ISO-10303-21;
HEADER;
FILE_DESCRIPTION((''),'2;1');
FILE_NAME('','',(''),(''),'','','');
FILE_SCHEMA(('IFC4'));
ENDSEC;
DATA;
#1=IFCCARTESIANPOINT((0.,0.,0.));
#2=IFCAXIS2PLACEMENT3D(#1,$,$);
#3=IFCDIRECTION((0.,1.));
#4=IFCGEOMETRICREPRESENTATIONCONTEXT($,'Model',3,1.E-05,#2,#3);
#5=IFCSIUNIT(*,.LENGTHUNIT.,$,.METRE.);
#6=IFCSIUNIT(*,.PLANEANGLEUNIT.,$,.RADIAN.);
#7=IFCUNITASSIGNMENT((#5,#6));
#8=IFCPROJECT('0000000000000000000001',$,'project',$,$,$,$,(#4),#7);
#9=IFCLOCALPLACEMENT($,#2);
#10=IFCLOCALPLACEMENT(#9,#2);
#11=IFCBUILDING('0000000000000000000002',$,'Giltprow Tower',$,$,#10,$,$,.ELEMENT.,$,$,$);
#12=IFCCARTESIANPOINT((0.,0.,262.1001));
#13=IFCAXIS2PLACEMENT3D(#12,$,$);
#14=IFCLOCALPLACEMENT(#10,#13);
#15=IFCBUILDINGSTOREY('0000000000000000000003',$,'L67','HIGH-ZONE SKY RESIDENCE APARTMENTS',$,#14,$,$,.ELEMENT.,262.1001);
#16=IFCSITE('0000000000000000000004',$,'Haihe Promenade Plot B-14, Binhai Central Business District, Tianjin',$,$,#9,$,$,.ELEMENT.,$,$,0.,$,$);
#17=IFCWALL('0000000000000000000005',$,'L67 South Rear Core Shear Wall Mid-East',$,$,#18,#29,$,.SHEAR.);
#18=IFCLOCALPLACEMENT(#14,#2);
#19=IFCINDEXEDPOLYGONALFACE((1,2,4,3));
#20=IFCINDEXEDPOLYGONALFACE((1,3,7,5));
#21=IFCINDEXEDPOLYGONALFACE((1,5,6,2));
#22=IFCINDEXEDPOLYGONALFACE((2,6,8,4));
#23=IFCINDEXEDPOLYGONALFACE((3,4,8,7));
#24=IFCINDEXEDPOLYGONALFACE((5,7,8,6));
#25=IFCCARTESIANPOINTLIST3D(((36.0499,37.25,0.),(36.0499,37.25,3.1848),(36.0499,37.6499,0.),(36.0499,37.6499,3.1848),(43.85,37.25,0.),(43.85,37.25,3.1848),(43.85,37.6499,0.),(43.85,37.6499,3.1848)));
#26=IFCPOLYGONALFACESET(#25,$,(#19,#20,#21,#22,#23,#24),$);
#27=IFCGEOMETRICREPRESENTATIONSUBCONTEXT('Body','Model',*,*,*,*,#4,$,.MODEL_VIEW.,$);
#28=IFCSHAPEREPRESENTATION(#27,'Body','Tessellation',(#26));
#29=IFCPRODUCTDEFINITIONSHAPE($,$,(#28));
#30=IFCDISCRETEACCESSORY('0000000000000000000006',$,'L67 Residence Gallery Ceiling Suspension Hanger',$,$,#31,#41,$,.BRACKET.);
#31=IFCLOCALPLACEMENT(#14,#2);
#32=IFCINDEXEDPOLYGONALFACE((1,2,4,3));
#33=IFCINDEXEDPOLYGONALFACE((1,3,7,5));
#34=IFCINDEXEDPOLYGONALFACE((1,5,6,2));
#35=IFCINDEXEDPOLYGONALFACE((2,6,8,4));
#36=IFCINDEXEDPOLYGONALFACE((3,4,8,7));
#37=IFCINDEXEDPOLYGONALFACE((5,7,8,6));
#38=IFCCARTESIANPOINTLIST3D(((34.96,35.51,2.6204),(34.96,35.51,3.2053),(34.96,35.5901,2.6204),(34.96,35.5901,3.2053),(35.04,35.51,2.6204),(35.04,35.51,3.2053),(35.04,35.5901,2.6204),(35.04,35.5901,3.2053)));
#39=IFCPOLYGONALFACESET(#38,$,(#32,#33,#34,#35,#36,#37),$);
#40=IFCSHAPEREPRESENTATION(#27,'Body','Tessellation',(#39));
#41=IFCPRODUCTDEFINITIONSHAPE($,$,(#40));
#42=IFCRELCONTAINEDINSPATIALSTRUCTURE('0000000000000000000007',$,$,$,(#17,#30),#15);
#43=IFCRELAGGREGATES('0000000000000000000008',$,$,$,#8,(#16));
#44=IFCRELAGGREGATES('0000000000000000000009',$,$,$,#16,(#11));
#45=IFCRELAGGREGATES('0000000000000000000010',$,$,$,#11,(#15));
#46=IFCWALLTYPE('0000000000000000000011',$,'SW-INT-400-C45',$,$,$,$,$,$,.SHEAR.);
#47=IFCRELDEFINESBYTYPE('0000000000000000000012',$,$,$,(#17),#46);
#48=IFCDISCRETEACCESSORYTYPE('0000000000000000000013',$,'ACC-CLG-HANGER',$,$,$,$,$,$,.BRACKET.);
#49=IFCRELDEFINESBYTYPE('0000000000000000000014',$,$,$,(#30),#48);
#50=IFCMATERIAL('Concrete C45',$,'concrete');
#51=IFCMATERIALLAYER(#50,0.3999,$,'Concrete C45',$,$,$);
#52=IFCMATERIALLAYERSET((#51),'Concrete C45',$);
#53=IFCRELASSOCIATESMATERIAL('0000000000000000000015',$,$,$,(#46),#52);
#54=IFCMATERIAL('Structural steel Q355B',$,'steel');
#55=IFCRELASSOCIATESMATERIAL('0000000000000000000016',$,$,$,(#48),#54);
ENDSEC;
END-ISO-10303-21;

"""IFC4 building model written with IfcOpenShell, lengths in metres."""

from ifc_helpers import new_model, si_unit, direction, frame, frame_2d, origin, origin_2d, place, context, subcontext, project, spatial, rectangle, extrude, source, transform, mapped, material, layer, layer_set, type_object, element, save


model = new_model("IFC4")

# Units and contexts
model_context = context("Model", 3, precision=1e-05, world=origin(), true_north=direction((0.0, 1.0)))
body_context = subcontext(model_context, "Body", "Model", "MODEL_VIEW")
ifc_project = project(units=[si_unit("LENGTHUNIT", "METRE"), si_unit("PLANEANGLEUNIT", "RADIAN")], contexts=[model_context])

# Site, building, storey
site_placement = place(None, origin())
site = spatial("IfcSite", under=ifc_project, at=site_placement, Name="Haihe Promenade Plot B-14, Binhai Central Business District, Tianjin", CompositionType="ELEMENT", RefElevation=0.0)
building_placement = place(site_placement, origin())
building = spatial("IfcBuilding", under=site, at=building_placement, Name="Giltprow Tower", CompositionType="ELEMENT")
storey_placement = place(building_placement, frame((0.0, 0.0, 262.1001)))
storey = spatial("IfcBuildingStorey", under=building, at=storey_placement, Name="L67", Description="HIGH-ZONE SKY RESIDENCE APARTMENTS", CompositionType="ELEMENT", Elevation=262.1001)

# Shared definitions
ifc_material_1 = material(Name="Concrete C45", Category="concrete")

# Shared definitions
ifc_material_2 = material(Name="Structural steel Q355B", Category="steel")

# Wall
ifc_layer_1 = layer(ifc_material_1, 0.3999, Name="Concrete C45")
ifc_layer_set_1 = layer_set([ifc_layer_1], Name="Concrete C45")
wall_type_1 = type_object("IfcWallType", Name="SW-INT-400-C45", PredefinedType="SHEAR", material=ifc_layer_set_1)
wall_1_placement = place(storey_placement, frame((36.05, 37.45, 0.0), z_axis=(0.0, 0.0, 1.0), x_axis=(1.0, 0.0, 0.0)))
element("IfcWall", 1, at=wall_1_placement, inside=storey, type_object=wall_type_1, Name="L67 South Rear Core Shear Wall Mid-East", PredefinedType="SHEAR", context=body_context, shape_type="SweptSolid", body=[
    extrude(rectangle(XDim=7.8, YDim=0.3999, at=frame_2d((3.8999, 0.0))), origin(), (0.0, 0.0, 1.0), 3.1848),
])

# Discrete accessory
discrete_accessory_type = type_object("IfcDiscreteAccessoryType", Name="ACC-CLG-HANGER", PredefinedType="BRACKET", material=ifc_material_2)
shared_shape_1 = source(origin(), body_context, "Body", "SweptSolid", [
    extrude(rectangle(XDim=0.0801, YDim=0.0801, at=origin_2d()), origin(), (0.0, 0.0, 1.0), 0.585),
])
discrete_accessory_placement = place(storey_placement, frame((35.0, 35.55, 2.6204), z_axis=(0.0, 0.0, 1.0), x_axis=(1.0, 0.0, 0.0)))
element("IfcDiscreteAccessory", 2, at=discrete_accessory_placement, inside=storey, type_object=discrete_accessory_type, Name="L67 Residence Gallery Ceiling Suspension Hanger", PredefinedType="BRACKET", context=body_context, shape_type="MappedRepresentation", body=[
    mapped(shared_shape_1, transform((0.0, 0.0, 0.0), x_axis=(1.0, 0.0, 0.0), y_axis=(0.0, 1.0, 0.0), z_axis=(0.0, 0.0, 1.0), scale=1.0)),
])

save(model, "model.ifc")
